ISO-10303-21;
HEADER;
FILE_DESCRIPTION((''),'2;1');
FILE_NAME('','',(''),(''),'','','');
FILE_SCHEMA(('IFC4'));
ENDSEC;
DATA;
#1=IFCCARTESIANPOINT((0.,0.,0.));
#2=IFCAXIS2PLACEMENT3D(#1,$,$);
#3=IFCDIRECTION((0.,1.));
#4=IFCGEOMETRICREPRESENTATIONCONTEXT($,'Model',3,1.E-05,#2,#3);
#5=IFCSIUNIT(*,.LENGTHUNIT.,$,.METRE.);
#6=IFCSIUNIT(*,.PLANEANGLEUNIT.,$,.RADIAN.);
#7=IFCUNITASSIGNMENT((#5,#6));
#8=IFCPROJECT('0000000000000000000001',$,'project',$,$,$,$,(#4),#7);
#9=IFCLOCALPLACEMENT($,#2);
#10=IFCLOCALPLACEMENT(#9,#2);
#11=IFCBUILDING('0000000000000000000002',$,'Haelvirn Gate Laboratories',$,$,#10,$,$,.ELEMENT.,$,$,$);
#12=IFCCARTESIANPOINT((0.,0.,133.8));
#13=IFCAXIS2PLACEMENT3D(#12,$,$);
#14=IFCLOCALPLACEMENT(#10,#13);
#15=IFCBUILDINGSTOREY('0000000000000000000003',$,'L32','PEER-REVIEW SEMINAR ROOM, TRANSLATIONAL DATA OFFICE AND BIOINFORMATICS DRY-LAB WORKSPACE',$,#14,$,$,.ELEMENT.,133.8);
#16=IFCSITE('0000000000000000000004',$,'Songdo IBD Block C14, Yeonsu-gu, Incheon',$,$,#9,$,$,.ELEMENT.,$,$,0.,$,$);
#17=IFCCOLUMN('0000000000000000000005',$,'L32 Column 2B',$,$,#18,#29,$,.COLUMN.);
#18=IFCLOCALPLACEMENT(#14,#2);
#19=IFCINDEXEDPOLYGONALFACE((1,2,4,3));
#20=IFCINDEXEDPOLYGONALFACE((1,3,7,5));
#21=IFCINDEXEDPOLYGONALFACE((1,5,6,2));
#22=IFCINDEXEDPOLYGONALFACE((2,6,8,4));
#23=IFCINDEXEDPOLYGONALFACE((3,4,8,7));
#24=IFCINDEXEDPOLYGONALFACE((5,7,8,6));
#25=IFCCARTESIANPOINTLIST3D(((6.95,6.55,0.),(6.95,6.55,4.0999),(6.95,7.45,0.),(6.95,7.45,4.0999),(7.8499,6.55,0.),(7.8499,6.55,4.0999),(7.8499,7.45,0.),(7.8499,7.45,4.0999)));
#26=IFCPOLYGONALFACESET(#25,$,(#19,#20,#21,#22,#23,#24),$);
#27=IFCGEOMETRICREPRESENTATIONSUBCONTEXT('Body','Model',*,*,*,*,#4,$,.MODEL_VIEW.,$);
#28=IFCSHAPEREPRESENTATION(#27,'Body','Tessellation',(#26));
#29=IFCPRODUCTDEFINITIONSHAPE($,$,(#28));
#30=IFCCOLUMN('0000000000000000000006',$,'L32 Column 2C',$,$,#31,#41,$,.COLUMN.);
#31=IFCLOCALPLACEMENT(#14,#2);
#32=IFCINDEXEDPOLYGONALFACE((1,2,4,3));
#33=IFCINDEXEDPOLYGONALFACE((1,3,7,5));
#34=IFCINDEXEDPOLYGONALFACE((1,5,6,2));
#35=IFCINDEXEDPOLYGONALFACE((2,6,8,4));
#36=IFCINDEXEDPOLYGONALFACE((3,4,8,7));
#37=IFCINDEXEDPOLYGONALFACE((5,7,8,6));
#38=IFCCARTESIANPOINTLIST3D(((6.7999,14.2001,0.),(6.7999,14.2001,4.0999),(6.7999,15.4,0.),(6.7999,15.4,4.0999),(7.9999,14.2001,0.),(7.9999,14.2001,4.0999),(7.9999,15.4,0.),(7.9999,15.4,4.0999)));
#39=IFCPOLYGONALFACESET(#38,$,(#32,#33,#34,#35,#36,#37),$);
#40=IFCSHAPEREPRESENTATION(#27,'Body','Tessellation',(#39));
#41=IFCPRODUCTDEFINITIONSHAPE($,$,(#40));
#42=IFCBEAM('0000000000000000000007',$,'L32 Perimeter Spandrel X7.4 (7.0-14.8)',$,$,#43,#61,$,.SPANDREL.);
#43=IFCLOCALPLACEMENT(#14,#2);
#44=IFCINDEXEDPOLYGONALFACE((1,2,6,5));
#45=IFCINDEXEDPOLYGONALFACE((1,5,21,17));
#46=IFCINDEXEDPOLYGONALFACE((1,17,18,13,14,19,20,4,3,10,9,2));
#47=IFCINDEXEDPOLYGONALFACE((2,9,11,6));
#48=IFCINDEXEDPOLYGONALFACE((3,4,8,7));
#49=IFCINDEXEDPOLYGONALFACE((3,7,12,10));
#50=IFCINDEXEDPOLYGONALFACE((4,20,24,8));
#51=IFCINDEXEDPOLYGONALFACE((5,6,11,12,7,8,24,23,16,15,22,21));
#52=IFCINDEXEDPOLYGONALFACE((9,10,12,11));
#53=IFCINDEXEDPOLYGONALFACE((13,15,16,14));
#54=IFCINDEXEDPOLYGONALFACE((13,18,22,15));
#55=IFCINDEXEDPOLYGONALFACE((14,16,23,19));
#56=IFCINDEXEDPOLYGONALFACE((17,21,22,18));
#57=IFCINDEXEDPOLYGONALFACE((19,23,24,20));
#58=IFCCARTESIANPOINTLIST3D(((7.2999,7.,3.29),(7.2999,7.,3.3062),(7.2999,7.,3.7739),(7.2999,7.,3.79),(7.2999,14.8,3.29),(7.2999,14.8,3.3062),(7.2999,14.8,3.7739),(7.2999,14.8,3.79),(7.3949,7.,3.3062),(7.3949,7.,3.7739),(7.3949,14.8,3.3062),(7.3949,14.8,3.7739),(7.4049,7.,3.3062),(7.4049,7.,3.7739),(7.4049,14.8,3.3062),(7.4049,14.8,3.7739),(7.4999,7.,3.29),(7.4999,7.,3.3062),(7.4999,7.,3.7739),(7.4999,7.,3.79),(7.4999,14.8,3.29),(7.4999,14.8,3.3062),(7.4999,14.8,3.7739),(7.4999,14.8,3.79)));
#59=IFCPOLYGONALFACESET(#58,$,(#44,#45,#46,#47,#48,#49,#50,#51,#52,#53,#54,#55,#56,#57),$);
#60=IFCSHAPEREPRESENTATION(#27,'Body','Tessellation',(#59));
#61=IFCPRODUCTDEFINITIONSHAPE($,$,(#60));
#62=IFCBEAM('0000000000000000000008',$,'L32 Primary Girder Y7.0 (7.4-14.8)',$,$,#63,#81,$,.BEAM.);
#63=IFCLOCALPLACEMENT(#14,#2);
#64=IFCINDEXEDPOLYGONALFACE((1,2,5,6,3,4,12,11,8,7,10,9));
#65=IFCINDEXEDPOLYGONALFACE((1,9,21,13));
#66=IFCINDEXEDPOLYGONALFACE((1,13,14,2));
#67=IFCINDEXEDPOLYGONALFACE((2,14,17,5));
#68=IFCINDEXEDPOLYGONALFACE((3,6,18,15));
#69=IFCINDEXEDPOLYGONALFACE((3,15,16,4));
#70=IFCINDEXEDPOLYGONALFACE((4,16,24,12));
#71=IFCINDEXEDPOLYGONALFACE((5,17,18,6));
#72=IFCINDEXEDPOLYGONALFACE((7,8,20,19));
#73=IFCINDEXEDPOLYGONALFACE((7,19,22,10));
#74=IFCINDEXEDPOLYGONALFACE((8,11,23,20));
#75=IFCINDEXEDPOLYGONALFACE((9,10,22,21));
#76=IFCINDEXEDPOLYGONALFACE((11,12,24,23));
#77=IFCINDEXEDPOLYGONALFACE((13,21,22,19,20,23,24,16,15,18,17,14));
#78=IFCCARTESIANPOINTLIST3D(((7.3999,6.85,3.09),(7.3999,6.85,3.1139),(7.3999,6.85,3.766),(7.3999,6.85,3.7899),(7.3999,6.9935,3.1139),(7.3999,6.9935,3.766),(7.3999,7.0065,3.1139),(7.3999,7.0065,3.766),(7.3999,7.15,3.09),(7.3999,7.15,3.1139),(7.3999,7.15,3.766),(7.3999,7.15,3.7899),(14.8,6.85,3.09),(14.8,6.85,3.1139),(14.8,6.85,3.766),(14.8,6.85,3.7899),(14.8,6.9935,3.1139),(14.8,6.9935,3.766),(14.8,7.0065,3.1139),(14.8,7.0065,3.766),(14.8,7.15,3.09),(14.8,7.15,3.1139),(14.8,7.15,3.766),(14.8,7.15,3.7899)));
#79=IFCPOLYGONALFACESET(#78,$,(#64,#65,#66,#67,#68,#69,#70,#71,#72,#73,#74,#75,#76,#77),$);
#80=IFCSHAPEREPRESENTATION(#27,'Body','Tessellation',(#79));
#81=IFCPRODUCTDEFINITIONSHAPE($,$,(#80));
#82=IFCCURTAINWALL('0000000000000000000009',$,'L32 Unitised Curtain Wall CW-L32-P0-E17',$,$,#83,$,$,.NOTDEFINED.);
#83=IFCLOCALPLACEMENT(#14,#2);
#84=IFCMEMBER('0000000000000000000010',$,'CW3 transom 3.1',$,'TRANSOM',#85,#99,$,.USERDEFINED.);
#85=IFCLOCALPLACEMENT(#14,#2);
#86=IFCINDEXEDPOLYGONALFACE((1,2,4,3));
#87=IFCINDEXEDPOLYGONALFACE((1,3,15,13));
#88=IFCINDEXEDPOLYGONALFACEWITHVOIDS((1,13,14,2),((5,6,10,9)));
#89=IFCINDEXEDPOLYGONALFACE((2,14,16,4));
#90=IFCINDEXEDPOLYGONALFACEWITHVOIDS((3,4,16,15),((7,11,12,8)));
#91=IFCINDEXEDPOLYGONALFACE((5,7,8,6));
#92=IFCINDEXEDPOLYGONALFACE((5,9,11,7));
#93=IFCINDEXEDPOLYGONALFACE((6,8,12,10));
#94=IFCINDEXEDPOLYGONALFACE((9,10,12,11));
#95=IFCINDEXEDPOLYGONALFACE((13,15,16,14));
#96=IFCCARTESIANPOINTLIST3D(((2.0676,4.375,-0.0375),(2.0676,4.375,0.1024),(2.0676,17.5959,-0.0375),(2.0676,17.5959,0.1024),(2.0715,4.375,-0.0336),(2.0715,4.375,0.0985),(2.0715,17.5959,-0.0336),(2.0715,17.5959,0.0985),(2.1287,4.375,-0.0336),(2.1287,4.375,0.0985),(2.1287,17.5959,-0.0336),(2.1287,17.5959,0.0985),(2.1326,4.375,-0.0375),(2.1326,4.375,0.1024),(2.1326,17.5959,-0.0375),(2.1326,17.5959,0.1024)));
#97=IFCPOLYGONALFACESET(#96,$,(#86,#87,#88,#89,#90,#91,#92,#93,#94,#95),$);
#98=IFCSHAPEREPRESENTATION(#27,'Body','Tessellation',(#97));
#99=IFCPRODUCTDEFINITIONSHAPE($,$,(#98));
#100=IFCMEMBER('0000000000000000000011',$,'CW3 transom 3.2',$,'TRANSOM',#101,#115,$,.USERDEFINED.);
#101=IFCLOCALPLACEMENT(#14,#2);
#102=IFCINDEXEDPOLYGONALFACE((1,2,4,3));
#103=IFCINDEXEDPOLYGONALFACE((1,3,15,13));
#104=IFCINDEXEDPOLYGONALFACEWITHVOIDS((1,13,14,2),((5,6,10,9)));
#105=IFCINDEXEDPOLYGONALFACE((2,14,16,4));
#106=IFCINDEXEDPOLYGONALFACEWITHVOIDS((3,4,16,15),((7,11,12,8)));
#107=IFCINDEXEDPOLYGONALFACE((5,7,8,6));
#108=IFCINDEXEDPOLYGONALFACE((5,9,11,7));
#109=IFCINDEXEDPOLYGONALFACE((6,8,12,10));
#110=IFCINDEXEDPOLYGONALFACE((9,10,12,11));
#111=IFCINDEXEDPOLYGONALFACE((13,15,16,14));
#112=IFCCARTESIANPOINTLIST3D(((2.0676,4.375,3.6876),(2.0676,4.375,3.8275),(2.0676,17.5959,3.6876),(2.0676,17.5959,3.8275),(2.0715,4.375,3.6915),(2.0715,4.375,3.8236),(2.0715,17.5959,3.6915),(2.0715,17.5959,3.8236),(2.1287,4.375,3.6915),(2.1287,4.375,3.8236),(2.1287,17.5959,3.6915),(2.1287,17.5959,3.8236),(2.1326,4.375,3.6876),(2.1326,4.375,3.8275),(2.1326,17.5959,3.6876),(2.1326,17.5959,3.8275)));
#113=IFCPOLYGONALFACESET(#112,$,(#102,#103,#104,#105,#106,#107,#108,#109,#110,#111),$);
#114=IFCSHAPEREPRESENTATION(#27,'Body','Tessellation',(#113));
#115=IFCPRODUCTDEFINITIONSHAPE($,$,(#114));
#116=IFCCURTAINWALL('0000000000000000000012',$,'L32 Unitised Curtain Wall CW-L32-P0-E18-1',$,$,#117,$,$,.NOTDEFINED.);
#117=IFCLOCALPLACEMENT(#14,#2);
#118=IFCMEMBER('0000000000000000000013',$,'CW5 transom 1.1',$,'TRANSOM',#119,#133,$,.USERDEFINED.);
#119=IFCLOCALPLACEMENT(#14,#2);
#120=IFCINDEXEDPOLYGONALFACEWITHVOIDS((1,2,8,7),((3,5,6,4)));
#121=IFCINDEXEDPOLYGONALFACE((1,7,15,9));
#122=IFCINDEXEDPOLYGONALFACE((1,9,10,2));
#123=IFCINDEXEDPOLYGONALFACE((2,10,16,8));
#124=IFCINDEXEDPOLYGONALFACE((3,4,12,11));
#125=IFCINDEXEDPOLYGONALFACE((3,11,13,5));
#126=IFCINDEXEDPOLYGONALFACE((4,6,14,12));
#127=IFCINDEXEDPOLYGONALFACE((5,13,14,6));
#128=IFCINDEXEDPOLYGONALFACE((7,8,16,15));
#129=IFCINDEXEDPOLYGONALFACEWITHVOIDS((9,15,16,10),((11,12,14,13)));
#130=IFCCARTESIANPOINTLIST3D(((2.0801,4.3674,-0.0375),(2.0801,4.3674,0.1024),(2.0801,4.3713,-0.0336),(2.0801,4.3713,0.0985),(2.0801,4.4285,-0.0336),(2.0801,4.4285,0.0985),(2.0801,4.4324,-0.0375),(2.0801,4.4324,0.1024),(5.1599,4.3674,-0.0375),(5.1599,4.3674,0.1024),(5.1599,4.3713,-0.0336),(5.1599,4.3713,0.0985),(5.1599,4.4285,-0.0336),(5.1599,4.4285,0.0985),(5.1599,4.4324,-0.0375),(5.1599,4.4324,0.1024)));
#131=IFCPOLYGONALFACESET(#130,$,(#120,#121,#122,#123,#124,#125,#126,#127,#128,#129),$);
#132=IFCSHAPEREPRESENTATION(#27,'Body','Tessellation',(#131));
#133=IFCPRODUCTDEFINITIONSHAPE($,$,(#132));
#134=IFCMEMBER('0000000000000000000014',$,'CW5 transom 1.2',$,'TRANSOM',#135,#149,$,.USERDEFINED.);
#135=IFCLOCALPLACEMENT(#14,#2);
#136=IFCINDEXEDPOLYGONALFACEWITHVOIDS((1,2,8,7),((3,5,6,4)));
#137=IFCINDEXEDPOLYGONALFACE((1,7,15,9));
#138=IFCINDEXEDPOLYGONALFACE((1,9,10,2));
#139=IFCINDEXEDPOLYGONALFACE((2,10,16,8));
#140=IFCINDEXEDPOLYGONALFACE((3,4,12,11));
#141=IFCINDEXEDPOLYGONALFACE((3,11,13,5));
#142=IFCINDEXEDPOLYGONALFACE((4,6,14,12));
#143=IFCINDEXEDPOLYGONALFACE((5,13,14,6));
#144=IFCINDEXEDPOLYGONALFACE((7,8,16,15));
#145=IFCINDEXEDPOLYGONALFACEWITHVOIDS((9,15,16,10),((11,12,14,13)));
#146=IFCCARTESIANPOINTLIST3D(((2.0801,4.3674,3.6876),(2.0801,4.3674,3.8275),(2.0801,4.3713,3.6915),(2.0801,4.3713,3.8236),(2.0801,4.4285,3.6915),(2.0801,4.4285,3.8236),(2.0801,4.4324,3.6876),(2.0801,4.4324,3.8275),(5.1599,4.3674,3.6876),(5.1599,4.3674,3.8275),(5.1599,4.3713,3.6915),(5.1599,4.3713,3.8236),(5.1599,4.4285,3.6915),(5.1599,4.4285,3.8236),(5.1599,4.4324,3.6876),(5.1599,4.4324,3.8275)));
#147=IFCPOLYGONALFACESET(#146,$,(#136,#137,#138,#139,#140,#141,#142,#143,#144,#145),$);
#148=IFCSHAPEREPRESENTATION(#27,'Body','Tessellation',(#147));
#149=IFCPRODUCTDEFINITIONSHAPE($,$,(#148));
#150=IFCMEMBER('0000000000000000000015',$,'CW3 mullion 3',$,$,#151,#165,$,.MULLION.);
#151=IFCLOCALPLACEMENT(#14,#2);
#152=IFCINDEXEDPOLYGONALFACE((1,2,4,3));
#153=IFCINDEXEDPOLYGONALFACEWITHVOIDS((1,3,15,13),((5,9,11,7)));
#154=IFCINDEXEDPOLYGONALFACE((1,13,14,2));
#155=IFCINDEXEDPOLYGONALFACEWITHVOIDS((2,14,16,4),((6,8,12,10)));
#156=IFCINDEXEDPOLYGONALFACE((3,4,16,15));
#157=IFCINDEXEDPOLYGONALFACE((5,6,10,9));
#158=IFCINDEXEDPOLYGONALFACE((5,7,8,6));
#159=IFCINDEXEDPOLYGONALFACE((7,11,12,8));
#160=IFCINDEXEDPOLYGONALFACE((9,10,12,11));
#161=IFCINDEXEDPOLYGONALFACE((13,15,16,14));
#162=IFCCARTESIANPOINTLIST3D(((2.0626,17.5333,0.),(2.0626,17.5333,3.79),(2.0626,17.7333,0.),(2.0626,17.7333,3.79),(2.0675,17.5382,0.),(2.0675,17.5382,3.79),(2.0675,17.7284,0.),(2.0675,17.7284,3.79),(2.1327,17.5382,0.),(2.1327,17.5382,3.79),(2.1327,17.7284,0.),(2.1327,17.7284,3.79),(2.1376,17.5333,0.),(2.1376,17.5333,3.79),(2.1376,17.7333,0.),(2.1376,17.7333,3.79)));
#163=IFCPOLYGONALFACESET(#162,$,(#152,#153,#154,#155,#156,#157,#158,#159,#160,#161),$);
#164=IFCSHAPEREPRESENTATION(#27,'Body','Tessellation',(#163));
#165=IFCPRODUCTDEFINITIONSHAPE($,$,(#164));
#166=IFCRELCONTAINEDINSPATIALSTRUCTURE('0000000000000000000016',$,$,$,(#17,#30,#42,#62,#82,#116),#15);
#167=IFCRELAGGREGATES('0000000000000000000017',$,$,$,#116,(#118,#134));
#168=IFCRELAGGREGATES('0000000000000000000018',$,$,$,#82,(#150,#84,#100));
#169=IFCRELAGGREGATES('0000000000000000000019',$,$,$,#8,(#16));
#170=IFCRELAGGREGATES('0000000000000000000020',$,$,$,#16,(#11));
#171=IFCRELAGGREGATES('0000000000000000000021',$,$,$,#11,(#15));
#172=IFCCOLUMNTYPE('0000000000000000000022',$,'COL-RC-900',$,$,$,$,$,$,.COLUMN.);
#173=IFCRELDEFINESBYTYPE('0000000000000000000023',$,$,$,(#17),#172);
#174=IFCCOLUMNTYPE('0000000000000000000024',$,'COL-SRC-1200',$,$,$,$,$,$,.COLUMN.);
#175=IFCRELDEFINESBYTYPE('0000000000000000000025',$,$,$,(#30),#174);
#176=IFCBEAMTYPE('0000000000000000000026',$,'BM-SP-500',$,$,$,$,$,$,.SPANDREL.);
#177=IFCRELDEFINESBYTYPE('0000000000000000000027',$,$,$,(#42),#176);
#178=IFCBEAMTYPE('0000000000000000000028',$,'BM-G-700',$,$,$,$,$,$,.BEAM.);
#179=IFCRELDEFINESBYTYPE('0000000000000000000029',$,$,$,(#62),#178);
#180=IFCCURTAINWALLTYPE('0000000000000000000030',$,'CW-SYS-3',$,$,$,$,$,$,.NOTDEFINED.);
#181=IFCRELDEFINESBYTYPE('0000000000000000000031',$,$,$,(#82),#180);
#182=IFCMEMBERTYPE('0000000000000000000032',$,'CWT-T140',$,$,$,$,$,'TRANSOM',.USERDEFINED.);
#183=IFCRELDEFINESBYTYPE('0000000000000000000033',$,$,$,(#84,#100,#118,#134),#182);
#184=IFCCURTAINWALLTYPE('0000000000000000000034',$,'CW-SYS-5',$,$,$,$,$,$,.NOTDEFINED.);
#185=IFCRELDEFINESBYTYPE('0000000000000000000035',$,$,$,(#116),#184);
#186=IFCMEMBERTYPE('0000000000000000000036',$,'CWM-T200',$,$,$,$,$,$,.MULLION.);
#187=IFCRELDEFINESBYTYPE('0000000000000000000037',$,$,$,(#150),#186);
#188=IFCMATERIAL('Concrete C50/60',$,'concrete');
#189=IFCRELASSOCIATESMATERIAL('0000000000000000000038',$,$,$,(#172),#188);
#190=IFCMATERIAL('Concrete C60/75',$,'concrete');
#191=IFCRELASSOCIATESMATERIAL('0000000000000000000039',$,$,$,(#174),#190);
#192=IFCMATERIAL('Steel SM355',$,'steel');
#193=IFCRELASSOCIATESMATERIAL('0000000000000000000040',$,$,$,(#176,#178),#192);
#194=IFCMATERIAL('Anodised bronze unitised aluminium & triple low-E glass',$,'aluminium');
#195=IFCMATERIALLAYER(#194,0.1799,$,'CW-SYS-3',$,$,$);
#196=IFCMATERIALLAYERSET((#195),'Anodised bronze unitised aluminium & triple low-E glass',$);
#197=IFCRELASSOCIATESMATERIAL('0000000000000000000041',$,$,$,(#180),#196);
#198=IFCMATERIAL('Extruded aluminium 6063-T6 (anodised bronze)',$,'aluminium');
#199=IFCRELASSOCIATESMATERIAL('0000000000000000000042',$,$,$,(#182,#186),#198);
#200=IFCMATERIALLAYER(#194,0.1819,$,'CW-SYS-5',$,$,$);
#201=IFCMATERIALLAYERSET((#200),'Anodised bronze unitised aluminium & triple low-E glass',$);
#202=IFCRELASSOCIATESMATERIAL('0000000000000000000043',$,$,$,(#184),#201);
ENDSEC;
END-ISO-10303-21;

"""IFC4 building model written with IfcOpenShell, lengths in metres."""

from ifc_helpers import new_model, si_unit, direction, frame, origin, origin_2d, place, context, subcontext, project, spatial, rectangle, hollow_rectangle, i_section, extrude, source, transform, mapped, material, layer, layer_set, material_profile, profile_set, type_object, type_shapes, element, aggregate, save


model = new_model("IFC4")

# Units and contexts
model_context = context("Model", 3, precision=1e-05, world=origin(), true_north=direction((0.0, 1.0)))
body_context = subcontext(model_context, "Body", "Model", "MODEL_VIEW")
ifc_project = project(units=[si_unit("LENGTHUNIT", "METRE"), si_unit("PLANEANGLEUNIT", "RADIAN")], contexts=[model_context])

# Site, building, storey
site_placement = place(None, origin())
site = spatial("IfcSite", under=ifc_project, at=site_placement, Name="Songdo IBD Block C14, Yeonsu-gu, Incheon", CompositionType="ELEMENT", RefElevation=0.0)
building_placement = place(site_placement, origin())
building = spatial("IfcBuilding", under=site, at=building_placement, Name="Haelvirn Gate Laboratories", CompositionType="ELEMENT")
storey_placement = place(building_placement, frame((0.0, 0.0, 133.8)))
storey = spatial("IfcBuildingStorey", under=building, at=storey_placement, Name="L32", Description="PEER-REVIEW SEMINAR ROOM, TRANSLATIONAL DATA OFFICE AND BIOINFORMATICS DRY-LAB WORKSPACE", CompositionType="ELEMENT", Elevation=133.8)

# Columns
ifc_material_1 = material(Name="Concrete C50/60", Category="concrete")
ifc_material_profile_1 = material_profile(ifc_material_1, rectangle(XDim=0.8999, YDim=0.8999, at=origin_2d()), Name="RC-900x900")
ifc_profile_set_1 = profile_set([ifc_material_profile_1], Name="Concrete C50/60")
column_type_1 = type_object("IfcColumnType", Name="COL-RC-900", PredefinedType="COLUMN", material=ifc_profile_set_1)
shared_shape_1 = source(origin(), body_context, "Body", "SweptSolid", [
    extrude(rectangle(XDim=0.8999, YDim=0.8999, at=origin_2d()), origin(), (0.0, 0.0, 1.0), 4.0999),
])
type_shapes(column_type_1, [shared_shape_1])
column_1_placement = place(storey_placement, frame((7.3999, 7.0, 0.0), z_axis=(0.0, 0.0, 1.0), x_axis=(1.0, 0.0, 0.0)))
element("IfcColumn", 1, at=column_1_placement, inside=storey, type_object=column_type_1, Name="L32 Column 2B", PredefinedType="COLUMN", context=body_context, shape_type="MappedRepresentation", body=[
    mapped(shared_shape_1, transform((0.0, 0.0, 0.0), scale=1.0)),
])
ifc_material_2 = material(Name="Concrete C60/75", Category="concrete")
ifc_material_profile_2 = material_profile(ifc_material_2, rectangle(XDim=1.2, YDim=1.2, at=origin_2d()), Name="SRC-1200x1200")
ifc_profile_set_2 = profile_set([ifc_material_profile_2], Name="Concrete C60/75")
column_type_2 = type_object("IfcColumnType", Name="COL-SRC-1200", PredefinedType="COLUMN", material=ifc_profile_set_2)
shared_shape_2 = source(origin(), body_context, "Body", "SweptSolid", [
    extrude(rectangle(XDim=1.2, YDim=1.2, at=origin_2d()), origin(), (0.0, 0.0, 1.0), 4.0999),
])
type_shapes(column_type_2, [shared_shape_2])
column_2_placement = place(storey_placement, frame((7.3999, 14.8, 0.0), z_axis=(0.0, 0.0, 1.0), x_axis=(1.0, 0.0, 0.0)))
element("IfcColumn", 2, at=column_2_placement, inside=storey, type_object=column_type_2, Name="L32 Column 2C", PredefinedType="COLUMN", context=body_context, shape_type="MappedRepresentation", body=[
    mapped(shared_shape_2, transform((0.0, 0.0, 0.0), scale=1.0)),
])

# Beams
ifc_material_3 = material(Name="Steel SM355", Category="steel")
ifc_material_profile_3 = material_profile(ifc_material_3, i_section(OverallWidth=0.2, OverallDepth=0.5, WebThickness=0.01, FlangeThickness=0.0161, at=origin_2d()), Name="H-500x200x10x16")
ifc_profile_set_3 = profile_set([ifc_material_profile_3], Name="Steel SM355")
beam_type_1 = type_object("IfcBeamType", Name="BM-SP-500", PredefinedType="SPANDREL", material=ifc_profile_set_3)
shared_shape_3 = source(origin(), body_context, "Body", "SweptSolid", [
    extrude(i_section(OverallWidth=0.2, OverallDepth=0.5, WebThickness=0.01, FlangeThickness=0.0161, at=origin_2d()), origin(), (0.0, 0.0, 1.0), 7.8),
])
type_shapes(beam_type_1, [shared_shape_3])
beam_1_placement = place(storey_placement, frame((7.3999, 7.0, 3.54), z_axis=(0.0, 1.0, 0.0), x_axis=(-1.0, 0.0, 0.0)))
element("IfcBeam", 3, at=beam_1_placement, inside=storey, type_object=beam_type_1, Name="L32 Perimeter Spandrel X7.4 (7.0-14.8)", PredefinedType="SPANDREL", context=body_context, shape_type="MappedRepresentation", body=[
    mapped(shared_shape_3, transform((0.0, 0.0, 0.0), scale=1.0)),
])
ifc_material_profile_4 = material_profile(ifc_material_3, i_section(OverallWidth=0.3, OverallDepth=0.7, WebThickness=0.0129, FlangeThickness=0.0239, at=origin_2d()), Name="H-700x300x13x24")
ifc_profile_set_4 = profile_set([ifc_material_profile_4], Name="Steel SM355")
beam_type_2 = type_object("IfcBeamType", Name="BM-G-700", PredefinedType="BEAM", material=ifc_profile_set_4)
shared_shape_4 = source(origin(), body_context, "Body", "SweptSolid", [
    extrude(i_section(OverallWidth=0.3, OverallDepth=0.7, WebThickness=0.0129, FlangeThickness=0.0239, at=origin_2d()), origin(), (0.0, 0.0, 1.0), 7.4001),
])
type_shapes(beam_type_2, [shared_shape_4])
beam_2_placement = place(storey_placement, frame((7.3999, 7.0, 3.4399), z_axis=(1.0, 0.0, 0.0), x_axis=(0.0, 1.0, 0.0)))
element("IfcBeam", 4, at=beam_2_placement, inside=storey, type_object=beam_type_2, Name="L32 Primary Girder Y7.0 (7.4-14.8)", PredefinedType="BEAM", context=body_context, shape_type="MappedRepresentation", body=[
    mapped(shared_shape_4, transform((0.0, 0.0, 0.0), scale=1.0)),
])

# Curtain walls, members
ifc_material_4 = material(Name="Anodised bronze unitised aluminium & triple low-E glass", Category="aluminium")
ifc_layer_1 = layer(ifc_material_4, 0.1799, Name="CW-SYS-3")
ifc_layer_set_1 = layer_set([ifc_layer_1], Name="Anodised bronze unitised aluminium & triple low-E glass")
curtain_wall_type_1 = type_object("IfcCurtainWallType", Name="CW-SYS-3", PredefinedType="NOTDEFINED", material=ifc_layer_set_1)
curtain_wall_1_placement = place(storey_placement, origin())
curtain_wall_1 = element("IfcCurtainWall", 5, at=curtain_wall_1_placement, inside=storey, type_object=curtain_wall_type_1, Name="L32 Unitised Curtain Wall CW-L32-P0-E17", PredefinedType="NOTDEFINED")
ifc_material_5 = material(Name="Extruded aluminium 6063-T6 (anodised bronze)", Category="aluminium")
ifc_material_profile_5 = material_profile(ifc_material_5, hollow_rectangle(XDim=0.0649, YDim=0.1399, WallThickness=0.0039, at=origin_2d()), Name="CWT-140x65x4")
ifc_profile_set_5 = profile_set([ifc_material_profile_5], Name="Extruded aluminium 6063-T6 (anodised bronze)")
member_type_1 = type_object("IfcMemberType", Name="CWT-T140", ElementType="TRANSOM", PredefinedType="USERDEFINED", material=ifc_profile_set_5)
shared_shape_5 = source(origin(), body_context, "Body", "SweptSolid", [
    extrude(hollow_rectangle(XDim=0.0649, YDim=0.1399, WallThickness=0.0039, at=origin_2d()), origin(), (0.0, 0.0, 1.0), 13.2209),
])
member_1_placement = place(storey_placement, frame((2.1001, 17.5959, 0.0325), z_axis=(0.0, -1.0, 0.0), x_axis=(1.0, 0.0, 0.0)))
member_1 = element("IfcMember", 6, at=member_1_placement, type_object=member_type_1, Name="CW3 transom 3.1", ObjectType="TRANSOM", PredefinedType="USERDEFINED", context=body_context, shape_type="MappedRepresentation", body=[
    mapped(shared_shape_5, transform((0.0, 0.0, 0.0), scale=1.0)),
])
member_2_placement = place(storey_placement, frame((2.1001, 17.5959, 3.7576), z_axis=(0.0, -1.0, 0.0), x_axis=(1.0, 0.0, 0.0)))
member_2 = element("IfcMember", 7, at=member_2_placement, type_object=member_type_1, Name="CW3 transom 3.2", ObjectType="TRANSOM", PredefinedType="USERDEFINED", context=body_context, shape_type="MappedRepresentation", body=[
    mapped(shared_shape_5, transform((0.0, 0.0, 0.0), scale=1.0)),
])
ifc_layer_2 = layer(ifc_material_4, 0.1819, Name="CW-SYS-5")
ifc_layer_set_2 = layer_set([ifc_layer_2], Name="Anodised bronze unitised aluminium & triple low-E glass")
curtain_wall_type_2 = type_object("IfcCurtainWallType", Name="CW-SYS-5", PredefinedType="NOTDEFINED", material=ifc_layer_set_2)
curtain_wall_2_placement = place(storey_placement, origin())
curtain_wall_2 = element("IfcCurtainWall", 8, at=curtain_wall_2_placement, inside=storey, type_object=curtain_wall_type_2, Name="L32 Unitised Curtain Wall CW-L32-P0-E18-1", PredefinedType="NOTDEFINED")
shared_shape_6 = source(origin(), body_context, "Body", "SweptSolid", [
    extrude(hollow_rectangle(XDim=0.0649, YDim=0.1399, WallThickness=0.0039, at=origin_2d()), origin(), (0.0, 0.0, 1.0), 3.0798),
])
type_shapes(member_type_1, [shared_shape_5, shared_shape_6])
member_3_placement = place(storey_placement, frame((2.0801, 4.3999, 0.0325), z_axis=(1.0, 0.0, 0.0), x_axis=(0.0, 1.0, 0.0)))
member_3 = element("IfcMember", 9, at=member_3_placement, type_object=member_type_1, Name="CW5 transom 1.1", ObjectType="TRANSOM", PredefinedType="USERDEFINED", context=body_context, shape_type="MappedRepresentation", body=[
    mapped(shared_shape_6, transform((0.0, 0.0, 0.0), scale=1.0)),
])
member_4_placement = place(storey_placement, frame((2.0801, 4.3999, 3.7576), z_axis=(1.0, 0.0, 0.0), x_axis=(0.0, 1.0, 0.0)))
member_4 = element("IfcMember", 10, at=member_4_placement, type_object=member_type_1, Name="CW5 transom 1.2", ObjectType="TRANSOM", PredefinedType="USERDEFINED", context=body_context, shape_type="MappedRepresentation", body=[
    mapped(shared_shape_6, transform((0.0, 0.0, 0.0), scale=1.0)),
])

# Member
ifc_material_profile_6 = material_profile(ifc_material_5, hollow_rectangle(XDim=0.075, YDim=0.2, WallThickness=0.0049, at=origin_2d()), Name="CWM-200x75x5")
ifc_profile_set_6 = profile_set([ifc_material_profile_6], Name="Extruded aluminium 6063-T6 (anodised bronze)")
member_type_2 = type_object("IfcMemberType", Name="CWM-T200", PredefinedType="MULLION", material=ifc_profile_set_6)
shared_shape_7 = source(origin(), body_context, "Body", "SweptSolid", [
    extrude(hollow_rectangle(XDim=0.075, YDim=0.2, WallThickness=0.0049, at=origin_2d()), origin(), (0.0, 0.0, 1.0), 3.79),
])
type_shapes(member_type_2, [shared_shape_7])
member_5_placement = place(storey_placement, frame((2.1001, 17.6333, 0.0), z_axis=(0.0, 0.0, 1.0), x_axis=(1.0, 0.0, 0.0)))
member_5 = element("IfcMember", 11, at=member_5_placement, type_object=member_type_2, Name="CW3 mullion 3", PredefinedType="MULLION", context=body_context, shape_type="MappedRepresentation", body=[
    mapped(shared_shape_7, transform((0.0, 0.0, 0.0), scale=1.0)),
])

aggregate(curtain_wall_2, [member_3, member_4])
aggregate(curtain_wall_1, [member_5, member_1, member_2])

save(model, "model.ifc")
